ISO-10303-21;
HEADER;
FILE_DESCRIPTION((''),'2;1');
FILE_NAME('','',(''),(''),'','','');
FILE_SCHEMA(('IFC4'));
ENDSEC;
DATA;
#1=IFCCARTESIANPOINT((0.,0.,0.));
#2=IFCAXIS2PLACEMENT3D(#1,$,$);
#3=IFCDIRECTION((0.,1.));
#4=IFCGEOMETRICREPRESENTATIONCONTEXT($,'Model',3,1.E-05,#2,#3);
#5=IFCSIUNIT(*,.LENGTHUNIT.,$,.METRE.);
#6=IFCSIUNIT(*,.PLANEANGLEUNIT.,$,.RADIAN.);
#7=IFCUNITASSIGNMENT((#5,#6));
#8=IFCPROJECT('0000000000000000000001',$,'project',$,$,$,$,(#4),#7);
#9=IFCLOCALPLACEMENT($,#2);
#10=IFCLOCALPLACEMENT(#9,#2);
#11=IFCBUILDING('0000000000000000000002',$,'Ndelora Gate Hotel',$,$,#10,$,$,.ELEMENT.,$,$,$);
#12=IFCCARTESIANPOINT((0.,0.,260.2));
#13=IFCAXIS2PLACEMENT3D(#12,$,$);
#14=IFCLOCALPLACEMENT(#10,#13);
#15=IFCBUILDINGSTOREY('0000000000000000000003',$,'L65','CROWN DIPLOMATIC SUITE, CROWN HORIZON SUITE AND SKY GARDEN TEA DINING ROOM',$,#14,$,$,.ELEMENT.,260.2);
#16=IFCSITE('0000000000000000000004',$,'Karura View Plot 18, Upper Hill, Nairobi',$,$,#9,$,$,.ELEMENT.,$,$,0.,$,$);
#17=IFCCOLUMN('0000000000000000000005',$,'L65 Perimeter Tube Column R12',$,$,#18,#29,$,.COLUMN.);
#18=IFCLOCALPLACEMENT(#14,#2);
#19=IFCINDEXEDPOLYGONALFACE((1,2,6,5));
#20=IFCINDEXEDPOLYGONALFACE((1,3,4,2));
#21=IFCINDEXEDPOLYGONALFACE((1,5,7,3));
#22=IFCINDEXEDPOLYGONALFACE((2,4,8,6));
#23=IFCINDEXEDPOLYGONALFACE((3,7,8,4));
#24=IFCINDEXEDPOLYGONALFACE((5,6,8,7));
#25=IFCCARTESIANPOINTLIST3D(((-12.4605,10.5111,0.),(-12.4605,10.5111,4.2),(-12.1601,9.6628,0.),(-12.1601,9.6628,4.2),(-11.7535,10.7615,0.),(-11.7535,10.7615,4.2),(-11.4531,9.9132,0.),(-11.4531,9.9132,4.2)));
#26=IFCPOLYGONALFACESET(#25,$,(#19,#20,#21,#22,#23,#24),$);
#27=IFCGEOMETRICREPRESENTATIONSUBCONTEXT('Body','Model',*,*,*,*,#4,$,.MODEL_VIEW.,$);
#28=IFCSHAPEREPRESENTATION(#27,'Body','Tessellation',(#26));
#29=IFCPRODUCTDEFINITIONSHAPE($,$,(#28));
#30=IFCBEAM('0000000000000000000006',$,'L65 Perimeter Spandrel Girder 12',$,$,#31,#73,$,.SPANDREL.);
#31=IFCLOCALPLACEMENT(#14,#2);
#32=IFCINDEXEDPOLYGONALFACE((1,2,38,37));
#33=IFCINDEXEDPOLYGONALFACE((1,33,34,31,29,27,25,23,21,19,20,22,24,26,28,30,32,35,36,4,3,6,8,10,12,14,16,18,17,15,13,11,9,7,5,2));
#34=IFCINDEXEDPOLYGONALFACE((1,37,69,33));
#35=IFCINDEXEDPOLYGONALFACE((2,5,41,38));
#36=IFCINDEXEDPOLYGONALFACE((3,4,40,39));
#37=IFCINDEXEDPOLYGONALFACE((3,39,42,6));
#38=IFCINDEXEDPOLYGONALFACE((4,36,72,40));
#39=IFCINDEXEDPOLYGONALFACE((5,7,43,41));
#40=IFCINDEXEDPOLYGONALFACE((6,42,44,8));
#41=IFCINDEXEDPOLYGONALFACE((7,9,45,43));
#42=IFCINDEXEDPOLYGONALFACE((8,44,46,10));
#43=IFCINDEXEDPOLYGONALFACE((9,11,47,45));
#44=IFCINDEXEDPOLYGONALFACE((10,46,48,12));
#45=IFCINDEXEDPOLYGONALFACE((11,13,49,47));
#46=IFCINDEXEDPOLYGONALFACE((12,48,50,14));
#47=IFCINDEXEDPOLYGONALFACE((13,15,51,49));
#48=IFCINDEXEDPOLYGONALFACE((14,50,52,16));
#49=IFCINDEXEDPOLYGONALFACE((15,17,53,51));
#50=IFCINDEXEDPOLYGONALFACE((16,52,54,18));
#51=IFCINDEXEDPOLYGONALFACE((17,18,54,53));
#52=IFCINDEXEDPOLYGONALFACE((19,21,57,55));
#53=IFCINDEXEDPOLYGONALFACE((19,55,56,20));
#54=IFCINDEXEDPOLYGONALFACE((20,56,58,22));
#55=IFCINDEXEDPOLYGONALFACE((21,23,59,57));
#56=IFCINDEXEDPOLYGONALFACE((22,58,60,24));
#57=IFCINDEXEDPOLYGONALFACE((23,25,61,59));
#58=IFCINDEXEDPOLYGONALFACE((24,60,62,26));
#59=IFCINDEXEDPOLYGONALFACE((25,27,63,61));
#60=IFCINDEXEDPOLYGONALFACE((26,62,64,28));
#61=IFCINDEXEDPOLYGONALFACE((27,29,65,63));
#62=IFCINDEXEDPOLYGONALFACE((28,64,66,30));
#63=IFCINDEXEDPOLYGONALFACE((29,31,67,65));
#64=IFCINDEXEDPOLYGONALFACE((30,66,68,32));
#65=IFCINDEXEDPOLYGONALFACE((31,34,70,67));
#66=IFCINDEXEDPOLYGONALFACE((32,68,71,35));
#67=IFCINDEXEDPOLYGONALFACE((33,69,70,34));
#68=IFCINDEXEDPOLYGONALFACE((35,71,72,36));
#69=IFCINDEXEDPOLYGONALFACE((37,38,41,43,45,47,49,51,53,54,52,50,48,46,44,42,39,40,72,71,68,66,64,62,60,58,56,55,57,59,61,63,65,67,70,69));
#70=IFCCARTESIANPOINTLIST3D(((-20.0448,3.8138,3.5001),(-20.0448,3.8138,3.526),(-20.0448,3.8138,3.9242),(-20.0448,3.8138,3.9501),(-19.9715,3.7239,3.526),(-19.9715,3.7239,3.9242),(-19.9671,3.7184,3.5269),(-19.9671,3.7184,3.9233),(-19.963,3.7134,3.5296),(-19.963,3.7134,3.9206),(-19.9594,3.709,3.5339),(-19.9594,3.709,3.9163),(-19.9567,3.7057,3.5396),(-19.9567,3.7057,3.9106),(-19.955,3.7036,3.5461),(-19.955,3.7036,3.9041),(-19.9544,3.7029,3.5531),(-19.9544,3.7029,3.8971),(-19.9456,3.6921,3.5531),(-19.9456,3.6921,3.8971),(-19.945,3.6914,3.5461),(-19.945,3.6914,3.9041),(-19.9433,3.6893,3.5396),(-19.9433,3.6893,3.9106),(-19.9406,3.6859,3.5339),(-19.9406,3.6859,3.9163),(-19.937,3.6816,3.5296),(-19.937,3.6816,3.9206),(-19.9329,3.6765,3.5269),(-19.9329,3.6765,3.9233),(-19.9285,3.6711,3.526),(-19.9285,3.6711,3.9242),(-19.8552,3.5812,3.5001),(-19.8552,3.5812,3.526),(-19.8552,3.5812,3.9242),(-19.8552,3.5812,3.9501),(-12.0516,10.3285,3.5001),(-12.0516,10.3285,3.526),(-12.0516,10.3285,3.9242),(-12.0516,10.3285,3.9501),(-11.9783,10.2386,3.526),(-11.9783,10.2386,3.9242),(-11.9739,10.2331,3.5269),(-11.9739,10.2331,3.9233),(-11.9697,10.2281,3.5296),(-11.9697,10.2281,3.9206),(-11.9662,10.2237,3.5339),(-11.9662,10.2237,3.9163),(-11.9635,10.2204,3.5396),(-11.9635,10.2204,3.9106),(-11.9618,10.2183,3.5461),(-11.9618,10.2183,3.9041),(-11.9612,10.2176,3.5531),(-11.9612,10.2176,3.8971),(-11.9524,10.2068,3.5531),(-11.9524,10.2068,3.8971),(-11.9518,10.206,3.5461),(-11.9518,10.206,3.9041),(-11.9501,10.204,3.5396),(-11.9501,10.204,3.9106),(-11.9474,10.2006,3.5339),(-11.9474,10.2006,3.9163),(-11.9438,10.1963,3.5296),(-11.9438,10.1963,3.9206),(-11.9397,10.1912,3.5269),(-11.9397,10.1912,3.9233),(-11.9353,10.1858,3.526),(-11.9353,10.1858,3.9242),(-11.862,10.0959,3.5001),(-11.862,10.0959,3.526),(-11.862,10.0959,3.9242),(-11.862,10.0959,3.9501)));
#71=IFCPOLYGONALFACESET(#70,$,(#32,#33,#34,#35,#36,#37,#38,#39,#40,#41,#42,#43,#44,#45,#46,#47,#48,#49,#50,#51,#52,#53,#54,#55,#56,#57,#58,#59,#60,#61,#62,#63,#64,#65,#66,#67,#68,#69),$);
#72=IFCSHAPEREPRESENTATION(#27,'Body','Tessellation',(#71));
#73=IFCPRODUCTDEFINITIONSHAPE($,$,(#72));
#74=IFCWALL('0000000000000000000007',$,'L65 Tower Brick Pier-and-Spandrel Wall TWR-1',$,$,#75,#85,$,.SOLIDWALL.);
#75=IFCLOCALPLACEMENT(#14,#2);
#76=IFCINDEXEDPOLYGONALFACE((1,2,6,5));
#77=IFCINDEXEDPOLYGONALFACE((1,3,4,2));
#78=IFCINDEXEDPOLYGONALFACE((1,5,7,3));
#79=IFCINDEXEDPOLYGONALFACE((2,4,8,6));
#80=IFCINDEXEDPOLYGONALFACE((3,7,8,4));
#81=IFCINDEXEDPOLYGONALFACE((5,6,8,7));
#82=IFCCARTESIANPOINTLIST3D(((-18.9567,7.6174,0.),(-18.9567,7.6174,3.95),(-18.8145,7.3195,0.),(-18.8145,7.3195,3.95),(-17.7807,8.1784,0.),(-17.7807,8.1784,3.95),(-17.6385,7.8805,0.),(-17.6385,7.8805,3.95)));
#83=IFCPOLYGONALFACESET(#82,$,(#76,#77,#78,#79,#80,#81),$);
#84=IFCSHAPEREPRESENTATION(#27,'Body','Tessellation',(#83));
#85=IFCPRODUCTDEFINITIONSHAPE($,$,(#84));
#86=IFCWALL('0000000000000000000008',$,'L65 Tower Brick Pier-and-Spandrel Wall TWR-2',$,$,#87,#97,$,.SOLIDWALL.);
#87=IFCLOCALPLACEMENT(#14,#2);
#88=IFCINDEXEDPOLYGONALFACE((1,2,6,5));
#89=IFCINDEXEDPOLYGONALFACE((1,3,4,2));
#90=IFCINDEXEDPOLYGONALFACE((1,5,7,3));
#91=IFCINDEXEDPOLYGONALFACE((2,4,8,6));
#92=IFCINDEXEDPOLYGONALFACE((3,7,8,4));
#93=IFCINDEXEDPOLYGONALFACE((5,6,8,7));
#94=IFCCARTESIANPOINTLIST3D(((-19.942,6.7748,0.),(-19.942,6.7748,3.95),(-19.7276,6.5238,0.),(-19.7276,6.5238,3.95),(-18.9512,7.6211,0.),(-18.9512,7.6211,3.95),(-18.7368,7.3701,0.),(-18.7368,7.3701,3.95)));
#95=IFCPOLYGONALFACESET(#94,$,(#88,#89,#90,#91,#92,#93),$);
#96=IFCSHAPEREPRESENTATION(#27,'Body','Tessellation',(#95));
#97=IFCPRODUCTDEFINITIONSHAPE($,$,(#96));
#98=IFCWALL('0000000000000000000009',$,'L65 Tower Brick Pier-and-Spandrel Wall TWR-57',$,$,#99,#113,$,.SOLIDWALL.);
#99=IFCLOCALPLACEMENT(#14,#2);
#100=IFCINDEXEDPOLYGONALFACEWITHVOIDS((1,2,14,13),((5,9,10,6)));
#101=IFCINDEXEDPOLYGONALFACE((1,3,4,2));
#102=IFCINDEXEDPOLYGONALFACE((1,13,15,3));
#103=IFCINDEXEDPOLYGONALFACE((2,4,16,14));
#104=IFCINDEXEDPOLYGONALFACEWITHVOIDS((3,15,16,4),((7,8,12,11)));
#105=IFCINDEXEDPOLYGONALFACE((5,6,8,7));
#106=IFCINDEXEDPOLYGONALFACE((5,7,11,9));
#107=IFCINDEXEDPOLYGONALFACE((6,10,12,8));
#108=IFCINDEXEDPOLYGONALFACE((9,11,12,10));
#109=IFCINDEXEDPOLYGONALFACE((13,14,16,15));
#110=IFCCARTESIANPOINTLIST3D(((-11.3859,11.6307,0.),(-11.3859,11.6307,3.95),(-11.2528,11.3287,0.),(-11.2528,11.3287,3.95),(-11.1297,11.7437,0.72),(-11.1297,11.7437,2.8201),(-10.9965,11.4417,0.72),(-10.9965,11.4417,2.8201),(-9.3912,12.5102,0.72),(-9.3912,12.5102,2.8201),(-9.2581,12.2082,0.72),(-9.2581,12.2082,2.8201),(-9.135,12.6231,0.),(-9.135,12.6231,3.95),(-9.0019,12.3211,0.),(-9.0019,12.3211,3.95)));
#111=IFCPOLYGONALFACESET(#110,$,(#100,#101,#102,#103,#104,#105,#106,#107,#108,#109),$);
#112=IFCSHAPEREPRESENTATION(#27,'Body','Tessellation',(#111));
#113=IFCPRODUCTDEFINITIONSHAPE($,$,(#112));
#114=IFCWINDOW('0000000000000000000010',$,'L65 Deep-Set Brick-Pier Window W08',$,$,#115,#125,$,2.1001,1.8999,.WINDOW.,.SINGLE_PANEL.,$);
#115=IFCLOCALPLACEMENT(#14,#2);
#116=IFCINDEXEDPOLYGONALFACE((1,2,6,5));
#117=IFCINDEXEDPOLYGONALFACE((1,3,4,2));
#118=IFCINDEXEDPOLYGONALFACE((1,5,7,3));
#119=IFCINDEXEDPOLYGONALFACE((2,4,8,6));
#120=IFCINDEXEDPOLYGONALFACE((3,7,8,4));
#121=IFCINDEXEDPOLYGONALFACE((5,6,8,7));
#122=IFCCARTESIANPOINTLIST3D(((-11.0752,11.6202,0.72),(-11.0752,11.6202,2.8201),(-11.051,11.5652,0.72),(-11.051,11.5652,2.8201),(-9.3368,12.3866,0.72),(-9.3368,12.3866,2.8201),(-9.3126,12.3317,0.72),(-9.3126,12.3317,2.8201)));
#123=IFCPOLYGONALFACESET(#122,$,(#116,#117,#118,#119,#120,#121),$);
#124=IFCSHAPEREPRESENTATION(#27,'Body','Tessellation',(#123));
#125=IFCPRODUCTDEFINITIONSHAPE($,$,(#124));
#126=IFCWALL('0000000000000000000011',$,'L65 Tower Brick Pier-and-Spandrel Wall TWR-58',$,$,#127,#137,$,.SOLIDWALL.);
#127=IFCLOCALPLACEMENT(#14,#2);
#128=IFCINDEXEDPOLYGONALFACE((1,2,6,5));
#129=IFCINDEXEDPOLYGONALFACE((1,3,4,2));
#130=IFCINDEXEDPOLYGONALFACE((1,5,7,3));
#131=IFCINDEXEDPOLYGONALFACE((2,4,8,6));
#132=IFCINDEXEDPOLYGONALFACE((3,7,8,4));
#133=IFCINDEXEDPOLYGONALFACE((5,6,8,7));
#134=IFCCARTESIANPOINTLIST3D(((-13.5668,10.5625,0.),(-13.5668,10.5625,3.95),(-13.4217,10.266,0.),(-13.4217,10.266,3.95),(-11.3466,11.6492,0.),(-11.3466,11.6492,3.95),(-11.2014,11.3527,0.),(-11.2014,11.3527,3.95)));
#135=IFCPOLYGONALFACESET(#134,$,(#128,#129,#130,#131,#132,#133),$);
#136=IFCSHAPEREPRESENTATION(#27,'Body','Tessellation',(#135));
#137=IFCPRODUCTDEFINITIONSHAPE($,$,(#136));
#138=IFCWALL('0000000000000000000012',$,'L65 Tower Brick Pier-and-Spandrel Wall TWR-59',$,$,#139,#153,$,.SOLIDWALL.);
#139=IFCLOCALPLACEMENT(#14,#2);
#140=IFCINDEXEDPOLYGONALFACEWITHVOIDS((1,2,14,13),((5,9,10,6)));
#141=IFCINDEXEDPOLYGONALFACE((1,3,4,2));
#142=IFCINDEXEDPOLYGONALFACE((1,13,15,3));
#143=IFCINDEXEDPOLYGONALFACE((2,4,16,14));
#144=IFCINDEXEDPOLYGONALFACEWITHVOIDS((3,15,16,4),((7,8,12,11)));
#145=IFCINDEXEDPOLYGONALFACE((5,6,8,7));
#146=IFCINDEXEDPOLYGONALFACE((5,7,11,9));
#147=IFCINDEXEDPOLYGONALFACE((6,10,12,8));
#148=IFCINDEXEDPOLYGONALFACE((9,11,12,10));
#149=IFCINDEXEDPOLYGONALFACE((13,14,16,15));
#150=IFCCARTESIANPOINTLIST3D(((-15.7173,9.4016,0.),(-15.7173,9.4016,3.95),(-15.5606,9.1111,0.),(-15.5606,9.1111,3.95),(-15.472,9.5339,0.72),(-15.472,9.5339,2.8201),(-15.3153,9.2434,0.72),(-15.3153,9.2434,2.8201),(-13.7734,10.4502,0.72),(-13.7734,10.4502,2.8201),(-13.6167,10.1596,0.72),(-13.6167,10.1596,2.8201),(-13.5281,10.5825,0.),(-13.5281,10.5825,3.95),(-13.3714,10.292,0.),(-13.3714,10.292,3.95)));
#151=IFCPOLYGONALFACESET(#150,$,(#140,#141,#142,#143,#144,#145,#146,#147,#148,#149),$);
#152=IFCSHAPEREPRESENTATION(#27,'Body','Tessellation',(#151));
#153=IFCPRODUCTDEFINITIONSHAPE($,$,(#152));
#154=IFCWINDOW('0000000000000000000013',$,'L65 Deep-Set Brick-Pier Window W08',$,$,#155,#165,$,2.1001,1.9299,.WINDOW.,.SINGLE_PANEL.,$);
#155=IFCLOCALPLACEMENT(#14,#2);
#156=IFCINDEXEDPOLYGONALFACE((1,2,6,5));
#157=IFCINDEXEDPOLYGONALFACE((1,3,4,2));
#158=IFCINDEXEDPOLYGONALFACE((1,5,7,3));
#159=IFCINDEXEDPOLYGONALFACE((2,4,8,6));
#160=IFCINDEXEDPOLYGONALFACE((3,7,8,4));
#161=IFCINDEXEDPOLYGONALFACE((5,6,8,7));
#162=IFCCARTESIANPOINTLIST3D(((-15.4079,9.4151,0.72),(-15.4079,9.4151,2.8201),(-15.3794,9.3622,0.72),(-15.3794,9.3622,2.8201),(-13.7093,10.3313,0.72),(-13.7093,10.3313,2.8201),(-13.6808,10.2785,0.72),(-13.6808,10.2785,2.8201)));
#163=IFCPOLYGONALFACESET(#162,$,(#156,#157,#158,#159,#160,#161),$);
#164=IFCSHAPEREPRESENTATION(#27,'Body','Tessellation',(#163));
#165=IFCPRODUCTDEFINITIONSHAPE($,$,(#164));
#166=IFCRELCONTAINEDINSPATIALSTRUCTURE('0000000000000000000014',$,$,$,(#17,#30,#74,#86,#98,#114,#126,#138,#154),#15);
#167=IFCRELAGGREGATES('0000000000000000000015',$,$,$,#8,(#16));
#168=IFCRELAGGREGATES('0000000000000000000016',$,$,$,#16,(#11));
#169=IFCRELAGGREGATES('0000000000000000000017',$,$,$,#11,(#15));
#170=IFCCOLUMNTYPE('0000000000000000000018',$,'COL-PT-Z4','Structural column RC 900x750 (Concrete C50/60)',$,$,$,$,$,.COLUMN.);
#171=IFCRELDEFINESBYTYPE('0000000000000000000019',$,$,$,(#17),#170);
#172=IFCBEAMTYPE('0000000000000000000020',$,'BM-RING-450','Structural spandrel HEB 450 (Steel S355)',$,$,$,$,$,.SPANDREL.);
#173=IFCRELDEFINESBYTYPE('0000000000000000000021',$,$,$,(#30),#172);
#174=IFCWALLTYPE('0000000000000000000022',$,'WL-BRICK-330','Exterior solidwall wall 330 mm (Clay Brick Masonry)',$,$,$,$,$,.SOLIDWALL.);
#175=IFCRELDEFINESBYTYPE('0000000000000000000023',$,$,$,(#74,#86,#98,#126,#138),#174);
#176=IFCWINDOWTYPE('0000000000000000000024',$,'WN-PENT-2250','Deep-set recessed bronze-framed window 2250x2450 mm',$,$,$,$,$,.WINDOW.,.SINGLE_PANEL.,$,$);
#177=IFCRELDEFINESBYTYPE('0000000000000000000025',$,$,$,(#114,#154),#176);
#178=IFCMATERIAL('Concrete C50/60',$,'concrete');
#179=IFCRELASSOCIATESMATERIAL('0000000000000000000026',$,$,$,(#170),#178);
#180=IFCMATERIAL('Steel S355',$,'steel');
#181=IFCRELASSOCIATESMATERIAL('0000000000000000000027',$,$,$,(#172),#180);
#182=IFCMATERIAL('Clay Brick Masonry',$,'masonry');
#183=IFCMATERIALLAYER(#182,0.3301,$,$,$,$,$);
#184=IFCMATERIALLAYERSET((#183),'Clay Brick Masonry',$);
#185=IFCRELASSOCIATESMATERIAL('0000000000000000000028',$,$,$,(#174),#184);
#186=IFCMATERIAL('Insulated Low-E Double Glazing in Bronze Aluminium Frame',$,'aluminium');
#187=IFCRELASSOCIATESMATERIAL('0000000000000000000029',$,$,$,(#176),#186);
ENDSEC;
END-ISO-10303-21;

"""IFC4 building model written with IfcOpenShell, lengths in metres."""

from ifc_helpers import new_model, si_unit, direction, frame, frame_2d, origin, origin_2d, place, context, subcontext, project, spatial, rectangle, i_section, extrude, material, layer, layer_set, material_profile, profile_set, type_object, element, fill, save


model = new_model("IFC4")

# Units and contexts
model_context = context("Model", 3, precision=1e-05, world=origin(), true_north=direction((0.0, 1.0)))
body_context = subcontext(model_context, "Body", "Model", "MODEL_VIEW")
ifc_project = project(units=[si_unit("LENGTHUNIT", "METRE"), si_unit("PLANEANGLEUNIT", "RADIAN")], contexts=[model_context])

# Site, building, storey
site_placement = place(None, origin())
site = spatial("IfcSite", under=ifc_project, at=site_placement, Name="Karura View Plot 18, Upper Hill, Nairobi", CompositionType="ELEMENT", RefElevation=0.0)
building_placement = place(site_placement, origin())
building = spatial("IfcBuilding", under=site, at=building_placement, Name="Ndelora Gate Hotel", CompositionType="ELEMENT")
storey_placement = place(building_placement, frame((0.0, 0.0, 260.2)))
storey = spatial("IfcBuildingStorey", under=building, at=storey_placement, Name="L65", Description="CROWN DIPLOMATIC SUITE, CROWN HORIZON SUITE AND SKY GARDEN TEA DINING ROOM", CompositionType="ELEMENT", Elevation=260.2)

# Column
ifc_material_1 = material(Name="Concrete C50/60", Category="concrete")
ifc_material_profile_1 = material_profile(ifc_material_1, rectangle(XDim=0.75, YDim=0.8999, at=origin_2d()), Name="RC 900x750")
ifc_profile_set_1 = profile_set([ifc_material_profile_1], Name="Concrete C50/60")
column_type = type_object("IfcColumnType", Name="COL-PT-Z4", Description="Structural column RC 900x750 (Concrete C50/60)", PredefinedType="COLUMN", material=ifc_profile_set_1)
column_placement = place(storey_placement, frame((-11.9568, 10.2122, 0.0), z_axis=(0.0, 0.0, 1.0), x_axis=(0.942641, 0.333807, 0.0)))
element("IfcColumn", 1, at=column_placement, inside=storey, type_object=column_type, Name="L65 Perimeter Tube Column R12", PredefinedType="COLUMN", context=body_context, shape_type="SweptSolid", body=[
    extrude(rectangle(XDim=0.75, YDim=0.8999, at=origin_2d()), origin(), (0.0, 0.0, 1.0), 4.2),
])

# Beam
ifc_material_2 = material(Name="Steel S355", Category="steel")
ifc_material_profile_2 = material_profile(ifc_material_2, i_section(OverallWidth=0.3, OverallDepth=0.45, WebThickness=0.0139, FlangeThickness=0.0259, FilletRadius=0.0271, at=origin_2d()), Name="HEB 450")
ifc_profile_set_2 = profile_set([ifc_material_profile_2], Name="Steel S355")
beam_type = type_object("IfcBeamType", Name="BM-RING-450", Description="Structural spandrel HEB 450 (Steel S355)", PredefinedType="SPANDREL", material=ifc_profile_set_2)
beam_placement = place(storey_placement, frame((-11.9568, 10.2122, 3.7251), z_axis=(-0.775154, -0.631772, 0.0), x_axis=(0.631772, -0.775154, 0.0)))
element("IfcBeam", 2, at=beam_placement, inside=storey, type_object=beam_type, Name="L65 Perimeter Spandrel Girder 12", PredefinedType="SPANDREL", context=body_context, shape_type="SweptSolid", body=[
    extrude(i_section(OverallWidth=0.3, OverallDepth=0.45, WebThickness=0.0139, FlangeThickness=0.0259, FilletRadius=0.0271, at=origin_2d()), origin(), (0.0, 0.0, 1.0), 10.3118),
])

# Walls
ifc_material_3 = material(Name="Clay Brick Masonry", Category="masonry")
ifc_layer_1 = layer(ifc_material_3, 0.3301)
ifc_layer_set_1 = layer_set([ifc_layer_1], Name="Clay Brick Masonry")
wall_type_1 = type_object("IfcWallType", Name="WL-BRICK-330", Description="Exterior solidwall wall 330 mm (Clay Brick Masonry)", PredefinedType="SOLIDWALL", material=ifc_layer_set_1)
for number, where, z_axis, x_axis, name in (
    (3, (-18.8855, 7.4685, 0.0), (0.0, 0.0, 1.0), (0.902556, 0.430574, 0.0), "L65 Tower Brick Pier-and-Spandrel Wall TWR-1"),
    (4, (-19.8347, 6.6494, 0.0), (0.0, 0.0, 1.0), (0.760393, 0.649463, 0.0), "L65 Tower Brick Pier-and-Spandrel Wall TWR-2"),
):
    element("IfcWall", number, at=place(storey_placement, frame(where, z_axis=z_axis, x_axis=x_axis)), inside=storey, type_object=wall_type_1, Name=name, PredefinedType="SOLIDWALL", context=body_context, shape_type="SweptSolid", body=[
        extrude(rectangle(XDim=1.303, YDim=0.3301, at=frame_2d((0.6514, 0.0))), origin(), (0.0, 0.0, 1.0), 3.95),
    ])

# Wall, opening, window
wall_1_placement = place(storey_placement, frame((-11.3193, 11.4797, 0.0), z_axis=(0.0, 0.0, 1.0), x_axis=(0.915015, 0.40342, 0.0)))
wall_1 = element("IfcWall", 5, at=wall_1_placement, inside=storey, type_object=wall_type_1, Name="L65 Tower Brick Pier-and-Spandrel Wall TWR-57", PredefinedType="SOLIDWALL", context=body_context, shape_type="SweptSolid", body=[
    extrude(rectangle(XDim=2.46, YDim=0.3301, at=frame_2d((1.23, 0.0))), origin(), (0.0, 0.0, 1.0), 3.95),
])
opening_1_placement = place(wall_1_placement, frame((0.28, 0.0, 0.72)))
opening_1 = element("IfcOpeningElement", 6, at=opening_1_placement, cuts=wall_1, PredefinedType="OPENING", context=body_context, shape_type="SweptSolid", body=[
    extrude(rectangle(XDim=1.8999, YDim=2.1001, at=frame_2d((0.95, 1.05))), frame((0.0, 0.175, 0.0), z_axis=(0.0, -1.0, 0.0), x_axis=(1.0, 0.0, 0.0)), (0.0, 0.0, 1.0), 0.3501),
])
ifc_material_4 = material(Name="Insulated Low-E Double Glazing in Bronze Aluminium Frame", Category="aluminium")
window_type = type_object("IfcWindowType", Name="WN-PENT-2250", Description="Deep-set recessed bronze-framed window 2250x2450 mm", PartitioningType="SINGLE_PANEL", PredefinedType="WINDOW", material=ifc_material_4)
window_1_placement = place(opening_1_placement, origin())
window_1 = element("IfcWindow", 7, at=window_1_placement, inside=storey, type_object=window_type, Name="L65 Deep-Set Brick-Pier Window W08", OverallHeight=2.1001, OverallWidth=1.8999, PartitioningType="SINGLE_PANEL", PredefinedType="WINDOW", context=body_context, shape_type="SweptSolid", body=[
    extrude(rectangle(XDim=1.8999, YDim=2.1001, at=frame_2d((0.95, 1.05))), frame((0.0, 0.03, 0.0), z_axis=(0.0, -1.0, 0.0), x_axis=(1.0, 0.0, 0.0)), (0.0, 0.0, 1.0), 0.0601),
])
fill(opening_1, window_1)

# Wall
wall_2_placement = place(storey_placement, frame((-13.4941, 10.4143, 0.0), z_axis=(0.0, 0.0, 1.0), x_axis=(0.898188, 0.439612, 0.0)))
element("IfcWall", 8, at=wall_2_placement, inside=storey, type_object=wall_type_1, Name="L65 Tower Brick Pier-and-Spandrel Wall TWR-58", PredefinedType="SOLIDWALL", context=body_context, shape_type="SweptSolid", body=[
    extrude(rectangle(XDim=2.4719, YDim=0.3301, at=frame_2d((1.2358, 0.0))), origin(), (0.0, 0.0, 1.0), 3.95),
])

# Wall, opening, window
wall_3_placement = place(storey_placement, frame((-15.6389, 9.2563, 0.0), z_axis=(0.0, 0.0, 1.0), x_axis=(0.880118, 0.474755, 0.0)))
wall_3 = element("IfcWall", 9, at=wall_3_placement, inside=storey, type_object=wall_type_1, Name="L65 Tower Brick Pier-and-Spandrel Wall TWR-59", PredefinedType="SOLIDWALL", context=body_context, shape_type="SweptSolid", body=[
    extrude(rectangle(XDim=2.4873, YDim=0.3301, at=frame_2d((1.2437, 0.0))), origin(), (0.0, 0.0, 1.0), 3.95),
])
opening_2_placement = place(wall_3_placement, frame((0.2788, 0.0, 0.72)))
opening_2 = element("IfcOpeningElement", 10, at=opening_2_placement, cuts=wall_3, PredefinedType="OPENING", context=body_context, shape_type="SweptSolid", body=[
    extrude(rectangle(XDim=1.9299, YDim=2.1001, at=frame_2d((0.9648, 1.05))), frame((0.0, 0.175, 0.0), z_axis=(0.0, -1.0, 0.0), x_axis=(1.0, 0.0, 0.0)), (0.0, 0.0, 1.0), 0.3501),
])
window_2_placement = place(opening_2_placement, origin())
window_2 = element("IfcWindow", 11, at=window_2_placement, inside=storey, type_object=window_type, Name="L65 Deep-Set Brick-Pier Window W08", OverallHeight=2.1001, OverallWidth=1.9299, PartitioningType="SINGLE_PANEL", PredefinedType="WINDOW", context=body_context, shape_type="SweptSolid", body=[
    extrude(rectangle(XDim=1.9299, YDim=2.1001, at=frame_2d((0.9648, 1.05))), frame((0.0, 0.03, 0.0), z_axis=(0.0, -1.0, 0.0), x_axis=(1.0, 0.0, 0.0)), (0.0, 0.0, 1.0), 0.0601),
])
fill(opening_2, window_2)

save(model, "model.ifc")
